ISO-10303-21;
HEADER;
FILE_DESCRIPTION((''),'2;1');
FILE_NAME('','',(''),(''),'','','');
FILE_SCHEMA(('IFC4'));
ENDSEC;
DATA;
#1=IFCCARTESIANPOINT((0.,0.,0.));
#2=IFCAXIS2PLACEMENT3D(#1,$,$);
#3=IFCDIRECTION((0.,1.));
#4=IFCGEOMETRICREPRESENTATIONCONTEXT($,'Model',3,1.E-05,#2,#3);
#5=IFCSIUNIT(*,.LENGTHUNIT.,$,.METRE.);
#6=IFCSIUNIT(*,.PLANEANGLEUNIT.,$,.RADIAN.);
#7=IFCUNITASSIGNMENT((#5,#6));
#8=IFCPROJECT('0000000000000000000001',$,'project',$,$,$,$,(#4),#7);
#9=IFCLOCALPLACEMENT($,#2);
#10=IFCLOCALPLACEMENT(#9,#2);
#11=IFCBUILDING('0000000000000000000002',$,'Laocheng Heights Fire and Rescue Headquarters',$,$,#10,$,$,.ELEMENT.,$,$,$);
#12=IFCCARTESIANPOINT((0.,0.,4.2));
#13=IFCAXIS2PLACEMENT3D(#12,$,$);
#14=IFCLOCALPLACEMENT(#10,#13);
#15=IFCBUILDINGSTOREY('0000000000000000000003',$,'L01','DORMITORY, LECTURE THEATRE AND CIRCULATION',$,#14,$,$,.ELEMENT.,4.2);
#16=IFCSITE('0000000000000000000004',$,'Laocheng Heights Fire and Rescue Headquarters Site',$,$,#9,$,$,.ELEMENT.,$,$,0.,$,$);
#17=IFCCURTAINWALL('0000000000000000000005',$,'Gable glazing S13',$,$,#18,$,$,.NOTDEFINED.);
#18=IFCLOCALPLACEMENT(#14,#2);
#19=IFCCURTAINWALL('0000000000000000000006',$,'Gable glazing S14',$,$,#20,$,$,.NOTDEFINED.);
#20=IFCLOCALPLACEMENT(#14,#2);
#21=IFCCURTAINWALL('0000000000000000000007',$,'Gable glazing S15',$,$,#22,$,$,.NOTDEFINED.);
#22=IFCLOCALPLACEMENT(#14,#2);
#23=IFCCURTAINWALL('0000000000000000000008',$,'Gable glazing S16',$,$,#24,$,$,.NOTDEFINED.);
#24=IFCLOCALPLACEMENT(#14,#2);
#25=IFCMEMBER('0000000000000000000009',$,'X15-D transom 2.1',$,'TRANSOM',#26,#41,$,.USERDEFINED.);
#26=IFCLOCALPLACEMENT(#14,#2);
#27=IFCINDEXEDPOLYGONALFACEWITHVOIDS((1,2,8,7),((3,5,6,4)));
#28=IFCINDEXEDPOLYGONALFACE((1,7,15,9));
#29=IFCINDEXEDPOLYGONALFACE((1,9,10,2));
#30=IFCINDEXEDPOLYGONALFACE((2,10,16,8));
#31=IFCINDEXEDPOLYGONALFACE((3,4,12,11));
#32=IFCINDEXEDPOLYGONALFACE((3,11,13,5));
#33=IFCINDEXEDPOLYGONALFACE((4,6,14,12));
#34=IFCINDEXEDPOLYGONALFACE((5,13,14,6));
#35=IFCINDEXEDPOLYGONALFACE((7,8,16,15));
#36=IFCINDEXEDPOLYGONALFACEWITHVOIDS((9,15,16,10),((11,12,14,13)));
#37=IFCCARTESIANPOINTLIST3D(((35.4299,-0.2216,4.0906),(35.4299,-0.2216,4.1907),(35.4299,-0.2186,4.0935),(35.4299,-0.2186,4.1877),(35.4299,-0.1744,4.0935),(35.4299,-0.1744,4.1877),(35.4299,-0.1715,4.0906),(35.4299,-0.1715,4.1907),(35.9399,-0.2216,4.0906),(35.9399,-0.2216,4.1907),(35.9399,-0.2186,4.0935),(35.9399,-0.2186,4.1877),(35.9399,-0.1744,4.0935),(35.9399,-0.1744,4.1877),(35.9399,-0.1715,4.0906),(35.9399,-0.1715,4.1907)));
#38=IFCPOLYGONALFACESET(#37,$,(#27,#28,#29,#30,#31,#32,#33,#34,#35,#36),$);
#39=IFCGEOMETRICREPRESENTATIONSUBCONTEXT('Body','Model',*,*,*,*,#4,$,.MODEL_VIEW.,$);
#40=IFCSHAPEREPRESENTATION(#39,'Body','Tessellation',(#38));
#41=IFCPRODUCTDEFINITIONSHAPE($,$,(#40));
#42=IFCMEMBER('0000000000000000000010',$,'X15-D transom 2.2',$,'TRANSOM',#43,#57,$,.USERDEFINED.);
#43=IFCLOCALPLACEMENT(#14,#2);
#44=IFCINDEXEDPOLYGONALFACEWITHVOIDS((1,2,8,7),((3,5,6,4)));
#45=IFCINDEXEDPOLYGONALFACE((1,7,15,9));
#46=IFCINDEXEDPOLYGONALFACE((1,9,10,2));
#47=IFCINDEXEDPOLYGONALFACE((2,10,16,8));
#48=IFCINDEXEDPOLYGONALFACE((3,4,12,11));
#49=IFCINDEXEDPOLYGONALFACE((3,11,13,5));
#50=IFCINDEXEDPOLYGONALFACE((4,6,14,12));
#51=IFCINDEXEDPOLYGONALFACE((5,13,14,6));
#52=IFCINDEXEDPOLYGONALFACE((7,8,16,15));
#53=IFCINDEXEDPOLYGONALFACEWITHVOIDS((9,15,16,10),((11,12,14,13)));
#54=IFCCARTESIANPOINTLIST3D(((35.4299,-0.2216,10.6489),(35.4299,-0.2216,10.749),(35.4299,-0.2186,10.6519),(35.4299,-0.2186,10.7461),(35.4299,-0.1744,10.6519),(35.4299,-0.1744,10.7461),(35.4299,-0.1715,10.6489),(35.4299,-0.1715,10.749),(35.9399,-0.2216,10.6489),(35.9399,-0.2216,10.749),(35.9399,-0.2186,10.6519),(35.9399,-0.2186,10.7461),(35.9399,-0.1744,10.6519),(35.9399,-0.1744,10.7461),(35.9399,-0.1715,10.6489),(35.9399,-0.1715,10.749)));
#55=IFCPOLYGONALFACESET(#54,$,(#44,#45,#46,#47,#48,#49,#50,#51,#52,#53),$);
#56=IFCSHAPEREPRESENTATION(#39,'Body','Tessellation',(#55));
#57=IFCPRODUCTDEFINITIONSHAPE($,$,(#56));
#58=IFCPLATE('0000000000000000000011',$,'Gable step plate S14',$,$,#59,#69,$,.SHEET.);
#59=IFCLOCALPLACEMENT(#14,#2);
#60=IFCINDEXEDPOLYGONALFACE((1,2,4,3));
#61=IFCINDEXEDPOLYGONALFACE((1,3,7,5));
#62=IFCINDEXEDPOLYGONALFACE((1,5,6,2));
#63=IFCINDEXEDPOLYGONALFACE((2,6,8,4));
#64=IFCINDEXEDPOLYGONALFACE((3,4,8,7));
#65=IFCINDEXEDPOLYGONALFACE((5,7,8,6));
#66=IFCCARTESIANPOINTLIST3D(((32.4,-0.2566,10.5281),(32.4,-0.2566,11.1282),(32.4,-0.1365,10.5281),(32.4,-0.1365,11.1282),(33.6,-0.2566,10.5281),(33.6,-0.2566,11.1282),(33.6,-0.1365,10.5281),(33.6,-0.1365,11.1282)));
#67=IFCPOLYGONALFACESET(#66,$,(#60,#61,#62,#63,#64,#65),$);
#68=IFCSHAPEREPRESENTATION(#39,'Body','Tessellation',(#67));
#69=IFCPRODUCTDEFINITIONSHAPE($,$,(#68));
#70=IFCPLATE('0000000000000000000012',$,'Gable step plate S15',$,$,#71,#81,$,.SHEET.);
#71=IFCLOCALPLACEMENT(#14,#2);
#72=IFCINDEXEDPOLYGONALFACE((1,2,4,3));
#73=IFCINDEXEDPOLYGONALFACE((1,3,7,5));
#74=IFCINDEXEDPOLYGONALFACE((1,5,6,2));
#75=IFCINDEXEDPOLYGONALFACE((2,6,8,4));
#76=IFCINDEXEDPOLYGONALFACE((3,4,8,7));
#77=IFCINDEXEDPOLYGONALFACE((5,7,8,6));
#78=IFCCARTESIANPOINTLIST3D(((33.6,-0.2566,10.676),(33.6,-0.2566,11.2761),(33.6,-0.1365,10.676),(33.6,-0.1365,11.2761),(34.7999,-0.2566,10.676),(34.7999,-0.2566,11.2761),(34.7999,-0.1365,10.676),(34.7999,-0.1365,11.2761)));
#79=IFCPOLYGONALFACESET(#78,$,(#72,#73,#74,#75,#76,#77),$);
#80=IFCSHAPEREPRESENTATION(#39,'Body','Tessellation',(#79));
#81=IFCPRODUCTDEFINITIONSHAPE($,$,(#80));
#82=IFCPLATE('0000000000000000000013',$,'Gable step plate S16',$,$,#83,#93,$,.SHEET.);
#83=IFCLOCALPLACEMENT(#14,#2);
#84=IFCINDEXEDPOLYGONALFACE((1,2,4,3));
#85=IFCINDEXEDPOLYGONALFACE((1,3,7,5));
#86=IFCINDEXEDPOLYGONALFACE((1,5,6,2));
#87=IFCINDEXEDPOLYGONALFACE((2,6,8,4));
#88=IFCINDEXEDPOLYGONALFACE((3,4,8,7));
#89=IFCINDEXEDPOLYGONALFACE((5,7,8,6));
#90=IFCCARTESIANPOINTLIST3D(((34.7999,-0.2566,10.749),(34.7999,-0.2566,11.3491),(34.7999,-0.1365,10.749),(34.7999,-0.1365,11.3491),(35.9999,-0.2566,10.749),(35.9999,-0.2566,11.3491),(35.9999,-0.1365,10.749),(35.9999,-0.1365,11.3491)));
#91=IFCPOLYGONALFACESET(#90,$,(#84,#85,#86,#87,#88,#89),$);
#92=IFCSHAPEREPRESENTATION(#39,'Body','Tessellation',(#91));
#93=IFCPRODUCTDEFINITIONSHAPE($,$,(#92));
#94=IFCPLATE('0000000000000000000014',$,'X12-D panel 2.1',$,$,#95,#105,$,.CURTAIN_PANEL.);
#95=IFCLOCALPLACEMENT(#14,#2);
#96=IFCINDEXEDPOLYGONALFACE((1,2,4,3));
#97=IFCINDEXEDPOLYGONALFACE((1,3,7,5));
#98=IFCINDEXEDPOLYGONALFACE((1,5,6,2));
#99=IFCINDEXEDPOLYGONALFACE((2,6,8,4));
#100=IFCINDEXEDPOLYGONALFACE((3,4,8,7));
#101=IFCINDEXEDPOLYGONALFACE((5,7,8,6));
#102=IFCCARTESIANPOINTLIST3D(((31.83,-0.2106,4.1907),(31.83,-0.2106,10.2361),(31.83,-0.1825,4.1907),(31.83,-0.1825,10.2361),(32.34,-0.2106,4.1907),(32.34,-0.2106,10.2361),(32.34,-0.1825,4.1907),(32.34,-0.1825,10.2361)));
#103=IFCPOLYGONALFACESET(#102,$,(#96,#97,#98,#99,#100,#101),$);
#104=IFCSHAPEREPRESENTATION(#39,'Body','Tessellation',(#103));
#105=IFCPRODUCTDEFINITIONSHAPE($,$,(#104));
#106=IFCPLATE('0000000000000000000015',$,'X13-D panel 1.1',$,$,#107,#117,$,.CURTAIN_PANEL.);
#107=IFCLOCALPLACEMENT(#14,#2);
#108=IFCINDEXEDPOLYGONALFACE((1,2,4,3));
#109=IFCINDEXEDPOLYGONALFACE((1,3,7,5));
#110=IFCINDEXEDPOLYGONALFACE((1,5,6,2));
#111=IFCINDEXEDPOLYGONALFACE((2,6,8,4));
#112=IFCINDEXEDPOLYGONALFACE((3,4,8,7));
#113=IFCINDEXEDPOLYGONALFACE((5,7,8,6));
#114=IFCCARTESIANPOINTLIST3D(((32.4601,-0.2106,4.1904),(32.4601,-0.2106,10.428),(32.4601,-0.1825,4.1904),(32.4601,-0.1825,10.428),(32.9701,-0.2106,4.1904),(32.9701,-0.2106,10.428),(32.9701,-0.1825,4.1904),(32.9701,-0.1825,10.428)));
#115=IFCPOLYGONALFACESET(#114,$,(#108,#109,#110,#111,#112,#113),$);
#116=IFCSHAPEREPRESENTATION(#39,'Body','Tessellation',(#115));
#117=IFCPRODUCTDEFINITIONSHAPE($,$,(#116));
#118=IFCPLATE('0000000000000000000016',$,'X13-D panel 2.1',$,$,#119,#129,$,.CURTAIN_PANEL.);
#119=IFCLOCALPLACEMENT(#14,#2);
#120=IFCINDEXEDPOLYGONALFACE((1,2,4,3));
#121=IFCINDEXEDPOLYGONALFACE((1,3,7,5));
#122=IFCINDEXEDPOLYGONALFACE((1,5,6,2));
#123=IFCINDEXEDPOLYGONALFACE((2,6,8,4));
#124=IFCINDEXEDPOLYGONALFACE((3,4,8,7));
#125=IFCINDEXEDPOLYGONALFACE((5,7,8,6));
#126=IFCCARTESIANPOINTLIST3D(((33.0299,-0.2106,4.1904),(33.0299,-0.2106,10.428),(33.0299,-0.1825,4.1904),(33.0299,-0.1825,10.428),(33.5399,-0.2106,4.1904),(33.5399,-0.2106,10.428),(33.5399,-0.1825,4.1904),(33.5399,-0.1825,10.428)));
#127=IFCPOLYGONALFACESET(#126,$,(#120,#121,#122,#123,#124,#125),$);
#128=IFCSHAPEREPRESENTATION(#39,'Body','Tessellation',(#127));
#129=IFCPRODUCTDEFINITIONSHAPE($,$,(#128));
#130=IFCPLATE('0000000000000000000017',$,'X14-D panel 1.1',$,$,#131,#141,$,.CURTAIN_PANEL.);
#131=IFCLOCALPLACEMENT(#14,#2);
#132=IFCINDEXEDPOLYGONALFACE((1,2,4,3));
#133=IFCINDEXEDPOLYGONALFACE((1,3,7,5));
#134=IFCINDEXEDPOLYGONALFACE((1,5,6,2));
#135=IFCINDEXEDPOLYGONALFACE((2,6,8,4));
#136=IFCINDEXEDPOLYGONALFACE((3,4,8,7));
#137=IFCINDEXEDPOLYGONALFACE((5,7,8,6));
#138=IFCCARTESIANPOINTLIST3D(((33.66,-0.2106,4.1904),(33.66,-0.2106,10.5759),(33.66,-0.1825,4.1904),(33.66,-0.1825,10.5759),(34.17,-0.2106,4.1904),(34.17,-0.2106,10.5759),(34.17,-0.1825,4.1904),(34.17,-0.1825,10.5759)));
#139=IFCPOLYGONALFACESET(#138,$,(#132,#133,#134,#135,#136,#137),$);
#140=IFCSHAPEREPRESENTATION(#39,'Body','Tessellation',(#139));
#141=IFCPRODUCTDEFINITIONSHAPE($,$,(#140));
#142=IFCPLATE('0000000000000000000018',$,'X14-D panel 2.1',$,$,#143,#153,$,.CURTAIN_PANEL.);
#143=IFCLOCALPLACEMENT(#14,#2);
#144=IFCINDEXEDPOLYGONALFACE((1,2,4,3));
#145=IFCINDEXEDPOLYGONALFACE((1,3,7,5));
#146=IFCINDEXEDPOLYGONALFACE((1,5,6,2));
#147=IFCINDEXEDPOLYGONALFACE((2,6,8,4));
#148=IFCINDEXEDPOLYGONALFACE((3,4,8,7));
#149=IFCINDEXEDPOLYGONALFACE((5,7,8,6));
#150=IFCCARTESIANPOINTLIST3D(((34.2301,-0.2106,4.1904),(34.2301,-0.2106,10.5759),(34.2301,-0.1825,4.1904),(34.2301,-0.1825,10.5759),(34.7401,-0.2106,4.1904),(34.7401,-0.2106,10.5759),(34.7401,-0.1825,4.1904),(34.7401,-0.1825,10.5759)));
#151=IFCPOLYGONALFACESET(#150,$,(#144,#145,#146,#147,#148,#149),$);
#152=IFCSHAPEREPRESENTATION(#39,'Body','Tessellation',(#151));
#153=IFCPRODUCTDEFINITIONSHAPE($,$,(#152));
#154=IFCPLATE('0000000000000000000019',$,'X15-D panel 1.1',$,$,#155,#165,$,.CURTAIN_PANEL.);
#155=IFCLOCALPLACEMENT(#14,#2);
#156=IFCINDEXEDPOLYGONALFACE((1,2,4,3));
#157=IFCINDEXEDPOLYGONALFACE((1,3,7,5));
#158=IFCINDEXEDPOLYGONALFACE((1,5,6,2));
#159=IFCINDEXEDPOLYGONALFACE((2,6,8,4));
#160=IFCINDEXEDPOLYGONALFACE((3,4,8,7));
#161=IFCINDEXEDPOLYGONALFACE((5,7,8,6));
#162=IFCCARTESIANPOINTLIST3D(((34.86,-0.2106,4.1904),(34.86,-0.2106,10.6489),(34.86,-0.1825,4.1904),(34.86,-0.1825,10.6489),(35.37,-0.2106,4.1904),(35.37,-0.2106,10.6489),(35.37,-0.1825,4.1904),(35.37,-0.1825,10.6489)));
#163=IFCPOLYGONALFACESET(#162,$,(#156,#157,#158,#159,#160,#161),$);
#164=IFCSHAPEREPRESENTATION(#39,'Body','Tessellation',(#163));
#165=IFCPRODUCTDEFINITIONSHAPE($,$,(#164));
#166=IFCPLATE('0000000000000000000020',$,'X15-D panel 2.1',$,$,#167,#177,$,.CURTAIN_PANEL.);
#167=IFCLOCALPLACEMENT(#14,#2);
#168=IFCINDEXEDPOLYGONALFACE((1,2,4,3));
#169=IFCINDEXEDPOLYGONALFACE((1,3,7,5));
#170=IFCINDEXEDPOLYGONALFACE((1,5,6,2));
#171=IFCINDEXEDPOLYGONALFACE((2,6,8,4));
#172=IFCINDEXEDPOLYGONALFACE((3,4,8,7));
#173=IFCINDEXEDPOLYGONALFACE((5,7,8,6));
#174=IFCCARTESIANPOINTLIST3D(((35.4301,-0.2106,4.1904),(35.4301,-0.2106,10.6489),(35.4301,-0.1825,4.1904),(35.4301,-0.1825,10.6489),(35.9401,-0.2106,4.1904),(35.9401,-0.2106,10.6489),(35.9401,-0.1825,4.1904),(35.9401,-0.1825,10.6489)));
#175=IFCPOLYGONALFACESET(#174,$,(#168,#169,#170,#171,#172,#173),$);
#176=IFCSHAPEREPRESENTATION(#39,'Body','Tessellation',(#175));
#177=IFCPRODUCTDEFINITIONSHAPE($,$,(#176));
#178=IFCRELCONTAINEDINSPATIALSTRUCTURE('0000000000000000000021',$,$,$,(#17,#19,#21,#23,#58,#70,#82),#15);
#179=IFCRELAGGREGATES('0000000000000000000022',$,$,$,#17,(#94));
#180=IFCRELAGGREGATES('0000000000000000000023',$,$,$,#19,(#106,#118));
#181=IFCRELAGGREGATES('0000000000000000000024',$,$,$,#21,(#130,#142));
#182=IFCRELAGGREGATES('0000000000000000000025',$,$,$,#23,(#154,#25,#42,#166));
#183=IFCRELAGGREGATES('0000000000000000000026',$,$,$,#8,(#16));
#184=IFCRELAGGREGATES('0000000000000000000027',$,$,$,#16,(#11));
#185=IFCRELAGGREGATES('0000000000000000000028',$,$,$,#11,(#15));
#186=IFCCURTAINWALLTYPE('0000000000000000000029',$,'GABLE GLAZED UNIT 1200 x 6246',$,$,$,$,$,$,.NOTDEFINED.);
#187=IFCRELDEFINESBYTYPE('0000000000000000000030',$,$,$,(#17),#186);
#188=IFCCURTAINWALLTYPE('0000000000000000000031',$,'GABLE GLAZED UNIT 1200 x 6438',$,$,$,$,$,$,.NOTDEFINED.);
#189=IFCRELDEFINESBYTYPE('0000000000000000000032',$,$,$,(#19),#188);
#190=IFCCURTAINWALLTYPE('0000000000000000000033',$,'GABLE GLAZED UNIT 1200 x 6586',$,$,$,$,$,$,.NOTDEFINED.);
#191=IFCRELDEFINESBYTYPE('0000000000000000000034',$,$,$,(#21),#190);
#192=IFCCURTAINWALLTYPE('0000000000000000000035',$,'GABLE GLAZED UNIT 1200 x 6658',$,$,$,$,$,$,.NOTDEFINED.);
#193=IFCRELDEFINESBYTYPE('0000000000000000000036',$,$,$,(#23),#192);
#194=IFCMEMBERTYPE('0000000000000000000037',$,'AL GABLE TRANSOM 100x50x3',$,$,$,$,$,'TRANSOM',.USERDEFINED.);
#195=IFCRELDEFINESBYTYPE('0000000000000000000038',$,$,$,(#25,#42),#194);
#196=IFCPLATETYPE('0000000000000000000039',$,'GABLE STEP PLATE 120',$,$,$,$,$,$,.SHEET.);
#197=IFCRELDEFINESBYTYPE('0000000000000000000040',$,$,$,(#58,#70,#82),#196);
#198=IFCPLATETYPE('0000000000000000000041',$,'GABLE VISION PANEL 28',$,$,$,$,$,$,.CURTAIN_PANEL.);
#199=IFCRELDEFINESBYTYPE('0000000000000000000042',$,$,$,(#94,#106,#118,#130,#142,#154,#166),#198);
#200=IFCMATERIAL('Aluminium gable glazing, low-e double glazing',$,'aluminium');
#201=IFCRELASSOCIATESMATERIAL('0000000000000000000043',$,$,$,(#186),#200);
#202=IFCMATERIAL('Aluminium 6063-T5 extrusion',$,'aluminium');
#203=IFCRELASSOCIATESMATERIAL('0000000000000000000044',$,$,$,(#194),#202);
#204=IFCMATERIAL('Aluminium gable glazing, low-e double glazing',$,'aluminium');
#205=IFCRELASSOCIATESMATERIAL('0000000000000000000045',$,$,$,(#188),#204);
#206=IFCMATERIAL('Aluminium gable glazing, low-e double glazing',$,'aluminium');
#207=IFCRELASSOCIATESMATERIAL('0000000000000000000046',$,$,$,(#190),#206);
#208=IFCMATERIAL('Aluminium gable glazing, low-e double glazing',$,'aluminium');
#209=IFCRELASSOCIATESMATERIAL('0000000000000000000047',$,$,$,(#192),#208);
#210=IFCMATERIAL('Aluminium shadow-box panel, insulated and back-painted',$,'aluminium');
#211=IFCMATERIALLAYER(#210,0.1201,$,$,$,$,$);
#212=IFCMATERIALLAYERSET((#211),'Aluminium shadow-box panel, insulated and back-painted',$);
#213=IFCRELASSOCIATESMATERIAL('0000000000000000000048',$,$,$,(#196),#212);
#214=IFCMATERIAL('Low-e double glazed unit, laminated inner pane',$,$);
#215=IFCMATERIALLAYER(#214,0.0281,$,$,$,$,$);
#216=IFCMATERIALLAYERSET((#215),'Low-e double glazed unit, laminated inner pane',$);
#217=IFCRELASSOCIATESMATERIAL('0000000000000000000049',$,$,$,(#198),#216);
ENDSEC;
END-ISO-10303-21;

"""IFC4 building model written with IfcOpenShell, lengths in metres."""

from ifc_helpers import new_model, si_unit, direction, frame, origin, origin_2d, place, context, subcontext, project, spatial, rectangle, hollow_rectangle, extrude, material, layer, layer_set, material_profile, profile_set, type_object, element, aggregate, save


model = new_model("IFC4")

# Units and contexts
model_context = context("Model", 3, precision=1e-05, world=origin(), true_north=direction((0.0, 1.0)))
body_context = subcontext(model_context, "Body", "Model", "MODEL_VIEW")
ifc_project = project(units=[si_unit("LENGTHUNIT", "METRE"), si_unit("PLANEANGLEUNIT", "RADIAN")], contexts=[model_context])

# Site, building, storey
site_placement = place(None, origin())
site = spatial("IfcSite", under=ifc_project, at=site_placement, Name="Laocheng Heights Fire and Rescue Headquarters Site", CompositionType="ELEMENT", RefElevation=0.0)
building_placement = place(site_placement, origin())
building = spatial("IfcBuilding", under=site, at=building_placement, Name="Laocheng Heights Fire and Rescue Headquarters", CompositionType="ELEMENT")
storey_placement = place(building_placement, frame((0.0, 0.0, 4.2)))
storey = spatial("IfcBuildingStorey", under=building, at=storey_placement, Name="L01", Description="DORMITORY, LECTURE THEATRE AND CIRCULATION", CompositionType="ELEMENT", Elevation=4.2)

# Curtain wall
ifc_material_1 = material(Name="Aluminium gable glazing, low-e double glazing", Category="aluminium")
curtain_wall_type_1 = type_object("IfcCurtainWallType", Name="GABLE GLAZED UNIT 1200 x 6246", PredefinedType="NOTDEFINED", material=ifc_material_1)
curtain_wall_1_placement = place(storey_placement, origin())
curtain_wall_1 = element("IfcCurtainWall", 1, at=curtain_wall_1_placement, inside=storey, type_object=curtain_wall_type_1, Name="Gable glazing S13", PredefinedType="NOTDEFINED")
ifc_material_2 = material(Name="Aluminium 6063-T5 extrusion", Category="aluminium")
ifc_material_profile = material_profile(ifc_material_2, hollow_rectangle(XDim=0.05, YDim=0.1001, WallThickness=0.0029, at=origin_2d()), Name="AL TRANSOM 100x50x3")
ifc_profile_set = profile_set([ifc_material_profile], Name="Aluminium 6063-T5 extrusion")
member_type = type_object("IfcMemberType", Name="AL GABLE TRANSOM 100x50x3", ElementType="TRANSOM", PredefinedType="USERDEFINED", material=ifc_profile_set)

# Curtain walls, members
ifc_material_3 = material(Name="Aluminium gable glazing, low-e double glazing", Category="aluminium")
curtain_wall_type_2 = type_object("IfcCurtainWallType", Name="GABLE GLAZED UNIT 1200 x 6438", PredefinedType="NOTDEFINED", material=ifc_material_3)
curtain_wall_2_placement = place(storey_placement, origin())
curtain_wall_2 = element("IfcCurtainWall", 2, at=curtain_wall_2_placement, inside=storey, type_object=curtain_wall_type_2, Name="Gable glazing S14", PredefinedType="NOTDEFINED")
ifc_material_4 = material(Name="Aluminium gable glazing, low-e double glazing", Category="aluminium")
curtain_wall_type_3 = type_object("IfcCurtainWallType", Name="GABLE GLAZED UNIT 1200 x 6586", PredefinedType="NOTDEFINED", material=ifc_material_4)
curtain_wall_3_placement = place(storey_placement, origin())
curtain_wall_3 = element("IfcCurtainWall", 3, at=curtain_wall_3_placement, inside=storey, type_object=curtain_wall_type_3, Name="Gable glazing S15", PredefinedType="NOTDEFINED")
ifc_material_5 = material(Name="Aluminium gable glazing, low-e double glazing", Category="aluminium")
curtain_wall_type_4 = type_object("IfcCurtainWallType", Name="GABLE GLAZED UNIT 1200 x 6658", PredefinedType="NOTDEFINED", material=ifc_material_5)
curtain_wall_4_placement = place(storey_placement, origin())
curtain_wall_4 = element("IfcCurtainWall", 4, at=curtain_wall_4_placement, inside=storey, type_object=curtain_wall_type_4, Name="Gable glazing S16", PredefinedType="NOTDEFINED")
member_1_placement = place(storey_placement, frame((35.4299, -0.1965, 4.1406), z_axis=(1.0, 0.0, 0.0), x_axis=(0.0, 1.0, 0.0)))
member_1 = element("IfcMember", 5, at=member_1_placement, type_object=member_type, Name="X15-D transom 2.1", ObjectType="TRANSOM", PredefinedType="USERDEFINED", context=body_context, shape_type="SweptSolid", body=[
    extrude(hollow_rectangle(XDim=0.05, YDim=0.1001, WallThickness=0.0029, at=origin_2d()), origin(), (0.0, 0.0, 1.0), 0.51),
])
member_2_placement = place(storey_placement, frame((35.4299, -0.1965, 10.699), z_axis=(1.0, 0.0, 0.0), x_axis=(0.0, 1.0, 0.0)))
member_2 = element("IfcMember", 6, at=member_2_placement, type_object=member_type, Name="X15-D transom 2.2", ObjectType="TRANSOM", PredefinedType="USERDEFINED", context=body_context, shape_type="SweptSolid", body=[
    extrude(hollow_rectangle(XDim=0.05, YDim=0.1001, WallThickness=0.0029, at=origin_2d()), origin(), (0.0, 0.0, 1.0), 0.51),
])

# Plates
ifc_material_6 = material(Name="Aluminium shadow-box panel, insulated and back-painted", Category="aluminium")
ifc_layer_1 = layer(ifc_material_6, 0.1201)
ifc_layer_set_1 = layer_set([ifc_layer_1], Name="Aluminium shadow-box panel, insulated and back-painted")
plate_type_1 = type_object("IfcPlateType", Name="GABLE STEP PLATE 120", PredefinedType="SHEET", material=ifc_layer_set_1)
for number, where, z_axis, x_axis, name in (
    (7, (33.0, -0.1965, 10.5281), (0.0, 0.0, 1.0), (1.0, 0.0, 0.0), "Gable step plate S14"),
    (8, (34.2, -0.1965, 10.676), (0.0, 0.0, 1.0), (1.0, 0.0, 0.0), "Gable step plate S15"),
    (9, (35.3999, -0.1965, 10.749), (0.0, 0.0, 1.0), (1.0, 0.0, 0.0), "Gable step plate S16"),
):
    element("IfcPlate", number, at=place(storey_placement, frame(where, z_axis=z_axis, x_axis=x_axis)), inside=storey, type_object=plate_type_1, Name=name, PredefinedType="SHEET", context=body_context, shape_type="SweptSolid", body=[
        extrude(rectangle(XDim=1.2, YDim=0.1201, at=origin_2d()), origin(), (0.0, 0.0, 1.0), 0.6001),
    ])

# Plates
ifc_material_7 = material(Name="Low-e double glazed unit, laminated inner pane")
ifc_layer_2 = layer(ifc_material_7, 0.0281)
ifc_layer_set_2 = layer_set([ifc_layer_2], Name="Low-e double glazed unit, laminated inner pane")
plate_type_2 = type_object("IfcPlateType", Name="GABLE VISION PANEL 28", PredefinedType="CURTAIN_PANEL", material=ifc_layer_set_2)
plate_1_placement = place(storey_placement, frame((32.085, -0.1965, 4.1907), z_axis=(0.0, 0.0, 1.0), x_axis=(1.0, 0.0, 0.0)))
plate_1 = element("IfcPlate", 10, at=plate_1_placement, type_object=plate_type_2, Name="X12-D panel 2.1", PredefinedType="CURTAIN_PANEL", context=body_context, shape_type="SweptSolid", body=[
    extrude(rectangle(XDim=0.51, YDim=0.0281, at=origin_2d()), origin(), (0.0, 0.0, 1.0), 6.0454),
])
aggregate(curtain_wall_1, [plate_1])
plate_2_placement = place(storey_placement, frame((32.7151, -0.1965, 4.1904), z_axis=(0.0, 0.0, 1.0), x_axis=(1.0, 0.0, 0.0)))
plate_2 = element("IfcPlate", 11, at=plate_2_placement, type_object=plate_type_2, Name="X13-D panel 1.1", PredefinedType="CURTAIN_PANEL", context=body_context, shape_type="SweptSolid", body=[
    extrude(rectangle(XDim=0.51, YDim=0.0281, at=origin_2d()), origin(), (0.0, 0.0, 1.0), 6.2375),
])
plate_3_placement = place(storey_placement, frame((33.2849, -0.1965, 4.1904), z_axis=(0.0, 0.0, 1.0), x_axis=(1.0, 0.0, 0.0)))
plate_3 = element("IfcPlate", 12, at=plate_3_placement, type_object=plate_type_2, Name="X13-D panel 2.1", PredefinedType="CURTAIN_PANEL", context=body_context, shape_type="SweptSolid", body=[
    extrude(rectangle(XDim=0.51, YDim=0.0281, at=origin_2d()), origin(), (0.0, 0.0, 1.0), 6.2375),
])
aggregate(curtain_wall_2, [plate_2, plate_3])
plate_4_placement = place(storey_placement, frame((33.915, -0.1965, 4.1904), z_axis=(0.0, 0.0, 1.0), x_axis=(1.0, 0.0, 0.0)))
plate_4 = element("IfcPlate", 13, at=plate_4_placement, type_object=plate_type_2, Name="X14-D panel 1.1", PredefinedType="CURTAIN_PANEL", context=body_context, shape_type="SweptSolid", body=[
    extrude(rectangle(XDim=0.51, YDim=0.0281, at=origin_2d()), origin(), (0.0, 0.0, 1.0), 6.3855),
])
plate_5_placement = place(storey_placement, frame((34.4851, -0.1965, 4.1904), z_axis=(0.0, 0.0, 1.0), x_axis=(1.0, 0.0, 0.0)))
plate_5 = element("IfcPlate", 14, at=plate_5_placement, type_object=plate_type_2, Name="X14-D panel 2.1", PredefinedType="CURTAIN_PANEL", context=body_context, shape_type="SweptSolid", body=[
    extrude(rectangle(XDim=0.51, YDim=0.0281, at=origin_2d()), origin(), (0.0, 0.0, 1.0), 6.3855),
])
aggregate(curtain_wall_3, [plate_4, plate_5])
plate_6_placement = place(storey_placement, frame((35.115, -0.1965, 4.1904), z_axis=(0.0, 0.0, 1.0), x_axis=(1.0, 0.0, 0.0)))
plate_6 = element("IfcPlate", 15, at=plate_6_placement, type_object=plate_type_2, Name="X15-D panel 1.1", PredefinedType="CURTAIN_PANEL", context=body_context, shape_type="SweptSolid", body=[
    extrude(rectangle(XDim=0.51, YDim=0.0281, at=origin_2d()), origin(), (0.0, 0.0, 1.0), 6.4585),
])
plate_7_placement = place(storey_placement, frame((35.6851, -0.1965, 4.1904), z_axis=(0.0, 0.0, 1.0), x_axis=(1.0, 0.0, 0.0)))
plate_7 = element("IfcPlate", 16, at=plate_7_placement, type_object=plate_type_2, Name="X15-D panel 2.1", PredefinedType="CURTAIN_PANEL", context=body_context, shape_type="SweptSolid", body=[
    extrude(rectangle(XDim=0.51, YDim=0.0281, at=origin_2d()), origin(), (0.0, 0.0, 1.0), 6.4585),
])
aggregate(curtain_wall_4, [plate_6, member_1, member_2, plate_7])

save(model, "model.ifc")
